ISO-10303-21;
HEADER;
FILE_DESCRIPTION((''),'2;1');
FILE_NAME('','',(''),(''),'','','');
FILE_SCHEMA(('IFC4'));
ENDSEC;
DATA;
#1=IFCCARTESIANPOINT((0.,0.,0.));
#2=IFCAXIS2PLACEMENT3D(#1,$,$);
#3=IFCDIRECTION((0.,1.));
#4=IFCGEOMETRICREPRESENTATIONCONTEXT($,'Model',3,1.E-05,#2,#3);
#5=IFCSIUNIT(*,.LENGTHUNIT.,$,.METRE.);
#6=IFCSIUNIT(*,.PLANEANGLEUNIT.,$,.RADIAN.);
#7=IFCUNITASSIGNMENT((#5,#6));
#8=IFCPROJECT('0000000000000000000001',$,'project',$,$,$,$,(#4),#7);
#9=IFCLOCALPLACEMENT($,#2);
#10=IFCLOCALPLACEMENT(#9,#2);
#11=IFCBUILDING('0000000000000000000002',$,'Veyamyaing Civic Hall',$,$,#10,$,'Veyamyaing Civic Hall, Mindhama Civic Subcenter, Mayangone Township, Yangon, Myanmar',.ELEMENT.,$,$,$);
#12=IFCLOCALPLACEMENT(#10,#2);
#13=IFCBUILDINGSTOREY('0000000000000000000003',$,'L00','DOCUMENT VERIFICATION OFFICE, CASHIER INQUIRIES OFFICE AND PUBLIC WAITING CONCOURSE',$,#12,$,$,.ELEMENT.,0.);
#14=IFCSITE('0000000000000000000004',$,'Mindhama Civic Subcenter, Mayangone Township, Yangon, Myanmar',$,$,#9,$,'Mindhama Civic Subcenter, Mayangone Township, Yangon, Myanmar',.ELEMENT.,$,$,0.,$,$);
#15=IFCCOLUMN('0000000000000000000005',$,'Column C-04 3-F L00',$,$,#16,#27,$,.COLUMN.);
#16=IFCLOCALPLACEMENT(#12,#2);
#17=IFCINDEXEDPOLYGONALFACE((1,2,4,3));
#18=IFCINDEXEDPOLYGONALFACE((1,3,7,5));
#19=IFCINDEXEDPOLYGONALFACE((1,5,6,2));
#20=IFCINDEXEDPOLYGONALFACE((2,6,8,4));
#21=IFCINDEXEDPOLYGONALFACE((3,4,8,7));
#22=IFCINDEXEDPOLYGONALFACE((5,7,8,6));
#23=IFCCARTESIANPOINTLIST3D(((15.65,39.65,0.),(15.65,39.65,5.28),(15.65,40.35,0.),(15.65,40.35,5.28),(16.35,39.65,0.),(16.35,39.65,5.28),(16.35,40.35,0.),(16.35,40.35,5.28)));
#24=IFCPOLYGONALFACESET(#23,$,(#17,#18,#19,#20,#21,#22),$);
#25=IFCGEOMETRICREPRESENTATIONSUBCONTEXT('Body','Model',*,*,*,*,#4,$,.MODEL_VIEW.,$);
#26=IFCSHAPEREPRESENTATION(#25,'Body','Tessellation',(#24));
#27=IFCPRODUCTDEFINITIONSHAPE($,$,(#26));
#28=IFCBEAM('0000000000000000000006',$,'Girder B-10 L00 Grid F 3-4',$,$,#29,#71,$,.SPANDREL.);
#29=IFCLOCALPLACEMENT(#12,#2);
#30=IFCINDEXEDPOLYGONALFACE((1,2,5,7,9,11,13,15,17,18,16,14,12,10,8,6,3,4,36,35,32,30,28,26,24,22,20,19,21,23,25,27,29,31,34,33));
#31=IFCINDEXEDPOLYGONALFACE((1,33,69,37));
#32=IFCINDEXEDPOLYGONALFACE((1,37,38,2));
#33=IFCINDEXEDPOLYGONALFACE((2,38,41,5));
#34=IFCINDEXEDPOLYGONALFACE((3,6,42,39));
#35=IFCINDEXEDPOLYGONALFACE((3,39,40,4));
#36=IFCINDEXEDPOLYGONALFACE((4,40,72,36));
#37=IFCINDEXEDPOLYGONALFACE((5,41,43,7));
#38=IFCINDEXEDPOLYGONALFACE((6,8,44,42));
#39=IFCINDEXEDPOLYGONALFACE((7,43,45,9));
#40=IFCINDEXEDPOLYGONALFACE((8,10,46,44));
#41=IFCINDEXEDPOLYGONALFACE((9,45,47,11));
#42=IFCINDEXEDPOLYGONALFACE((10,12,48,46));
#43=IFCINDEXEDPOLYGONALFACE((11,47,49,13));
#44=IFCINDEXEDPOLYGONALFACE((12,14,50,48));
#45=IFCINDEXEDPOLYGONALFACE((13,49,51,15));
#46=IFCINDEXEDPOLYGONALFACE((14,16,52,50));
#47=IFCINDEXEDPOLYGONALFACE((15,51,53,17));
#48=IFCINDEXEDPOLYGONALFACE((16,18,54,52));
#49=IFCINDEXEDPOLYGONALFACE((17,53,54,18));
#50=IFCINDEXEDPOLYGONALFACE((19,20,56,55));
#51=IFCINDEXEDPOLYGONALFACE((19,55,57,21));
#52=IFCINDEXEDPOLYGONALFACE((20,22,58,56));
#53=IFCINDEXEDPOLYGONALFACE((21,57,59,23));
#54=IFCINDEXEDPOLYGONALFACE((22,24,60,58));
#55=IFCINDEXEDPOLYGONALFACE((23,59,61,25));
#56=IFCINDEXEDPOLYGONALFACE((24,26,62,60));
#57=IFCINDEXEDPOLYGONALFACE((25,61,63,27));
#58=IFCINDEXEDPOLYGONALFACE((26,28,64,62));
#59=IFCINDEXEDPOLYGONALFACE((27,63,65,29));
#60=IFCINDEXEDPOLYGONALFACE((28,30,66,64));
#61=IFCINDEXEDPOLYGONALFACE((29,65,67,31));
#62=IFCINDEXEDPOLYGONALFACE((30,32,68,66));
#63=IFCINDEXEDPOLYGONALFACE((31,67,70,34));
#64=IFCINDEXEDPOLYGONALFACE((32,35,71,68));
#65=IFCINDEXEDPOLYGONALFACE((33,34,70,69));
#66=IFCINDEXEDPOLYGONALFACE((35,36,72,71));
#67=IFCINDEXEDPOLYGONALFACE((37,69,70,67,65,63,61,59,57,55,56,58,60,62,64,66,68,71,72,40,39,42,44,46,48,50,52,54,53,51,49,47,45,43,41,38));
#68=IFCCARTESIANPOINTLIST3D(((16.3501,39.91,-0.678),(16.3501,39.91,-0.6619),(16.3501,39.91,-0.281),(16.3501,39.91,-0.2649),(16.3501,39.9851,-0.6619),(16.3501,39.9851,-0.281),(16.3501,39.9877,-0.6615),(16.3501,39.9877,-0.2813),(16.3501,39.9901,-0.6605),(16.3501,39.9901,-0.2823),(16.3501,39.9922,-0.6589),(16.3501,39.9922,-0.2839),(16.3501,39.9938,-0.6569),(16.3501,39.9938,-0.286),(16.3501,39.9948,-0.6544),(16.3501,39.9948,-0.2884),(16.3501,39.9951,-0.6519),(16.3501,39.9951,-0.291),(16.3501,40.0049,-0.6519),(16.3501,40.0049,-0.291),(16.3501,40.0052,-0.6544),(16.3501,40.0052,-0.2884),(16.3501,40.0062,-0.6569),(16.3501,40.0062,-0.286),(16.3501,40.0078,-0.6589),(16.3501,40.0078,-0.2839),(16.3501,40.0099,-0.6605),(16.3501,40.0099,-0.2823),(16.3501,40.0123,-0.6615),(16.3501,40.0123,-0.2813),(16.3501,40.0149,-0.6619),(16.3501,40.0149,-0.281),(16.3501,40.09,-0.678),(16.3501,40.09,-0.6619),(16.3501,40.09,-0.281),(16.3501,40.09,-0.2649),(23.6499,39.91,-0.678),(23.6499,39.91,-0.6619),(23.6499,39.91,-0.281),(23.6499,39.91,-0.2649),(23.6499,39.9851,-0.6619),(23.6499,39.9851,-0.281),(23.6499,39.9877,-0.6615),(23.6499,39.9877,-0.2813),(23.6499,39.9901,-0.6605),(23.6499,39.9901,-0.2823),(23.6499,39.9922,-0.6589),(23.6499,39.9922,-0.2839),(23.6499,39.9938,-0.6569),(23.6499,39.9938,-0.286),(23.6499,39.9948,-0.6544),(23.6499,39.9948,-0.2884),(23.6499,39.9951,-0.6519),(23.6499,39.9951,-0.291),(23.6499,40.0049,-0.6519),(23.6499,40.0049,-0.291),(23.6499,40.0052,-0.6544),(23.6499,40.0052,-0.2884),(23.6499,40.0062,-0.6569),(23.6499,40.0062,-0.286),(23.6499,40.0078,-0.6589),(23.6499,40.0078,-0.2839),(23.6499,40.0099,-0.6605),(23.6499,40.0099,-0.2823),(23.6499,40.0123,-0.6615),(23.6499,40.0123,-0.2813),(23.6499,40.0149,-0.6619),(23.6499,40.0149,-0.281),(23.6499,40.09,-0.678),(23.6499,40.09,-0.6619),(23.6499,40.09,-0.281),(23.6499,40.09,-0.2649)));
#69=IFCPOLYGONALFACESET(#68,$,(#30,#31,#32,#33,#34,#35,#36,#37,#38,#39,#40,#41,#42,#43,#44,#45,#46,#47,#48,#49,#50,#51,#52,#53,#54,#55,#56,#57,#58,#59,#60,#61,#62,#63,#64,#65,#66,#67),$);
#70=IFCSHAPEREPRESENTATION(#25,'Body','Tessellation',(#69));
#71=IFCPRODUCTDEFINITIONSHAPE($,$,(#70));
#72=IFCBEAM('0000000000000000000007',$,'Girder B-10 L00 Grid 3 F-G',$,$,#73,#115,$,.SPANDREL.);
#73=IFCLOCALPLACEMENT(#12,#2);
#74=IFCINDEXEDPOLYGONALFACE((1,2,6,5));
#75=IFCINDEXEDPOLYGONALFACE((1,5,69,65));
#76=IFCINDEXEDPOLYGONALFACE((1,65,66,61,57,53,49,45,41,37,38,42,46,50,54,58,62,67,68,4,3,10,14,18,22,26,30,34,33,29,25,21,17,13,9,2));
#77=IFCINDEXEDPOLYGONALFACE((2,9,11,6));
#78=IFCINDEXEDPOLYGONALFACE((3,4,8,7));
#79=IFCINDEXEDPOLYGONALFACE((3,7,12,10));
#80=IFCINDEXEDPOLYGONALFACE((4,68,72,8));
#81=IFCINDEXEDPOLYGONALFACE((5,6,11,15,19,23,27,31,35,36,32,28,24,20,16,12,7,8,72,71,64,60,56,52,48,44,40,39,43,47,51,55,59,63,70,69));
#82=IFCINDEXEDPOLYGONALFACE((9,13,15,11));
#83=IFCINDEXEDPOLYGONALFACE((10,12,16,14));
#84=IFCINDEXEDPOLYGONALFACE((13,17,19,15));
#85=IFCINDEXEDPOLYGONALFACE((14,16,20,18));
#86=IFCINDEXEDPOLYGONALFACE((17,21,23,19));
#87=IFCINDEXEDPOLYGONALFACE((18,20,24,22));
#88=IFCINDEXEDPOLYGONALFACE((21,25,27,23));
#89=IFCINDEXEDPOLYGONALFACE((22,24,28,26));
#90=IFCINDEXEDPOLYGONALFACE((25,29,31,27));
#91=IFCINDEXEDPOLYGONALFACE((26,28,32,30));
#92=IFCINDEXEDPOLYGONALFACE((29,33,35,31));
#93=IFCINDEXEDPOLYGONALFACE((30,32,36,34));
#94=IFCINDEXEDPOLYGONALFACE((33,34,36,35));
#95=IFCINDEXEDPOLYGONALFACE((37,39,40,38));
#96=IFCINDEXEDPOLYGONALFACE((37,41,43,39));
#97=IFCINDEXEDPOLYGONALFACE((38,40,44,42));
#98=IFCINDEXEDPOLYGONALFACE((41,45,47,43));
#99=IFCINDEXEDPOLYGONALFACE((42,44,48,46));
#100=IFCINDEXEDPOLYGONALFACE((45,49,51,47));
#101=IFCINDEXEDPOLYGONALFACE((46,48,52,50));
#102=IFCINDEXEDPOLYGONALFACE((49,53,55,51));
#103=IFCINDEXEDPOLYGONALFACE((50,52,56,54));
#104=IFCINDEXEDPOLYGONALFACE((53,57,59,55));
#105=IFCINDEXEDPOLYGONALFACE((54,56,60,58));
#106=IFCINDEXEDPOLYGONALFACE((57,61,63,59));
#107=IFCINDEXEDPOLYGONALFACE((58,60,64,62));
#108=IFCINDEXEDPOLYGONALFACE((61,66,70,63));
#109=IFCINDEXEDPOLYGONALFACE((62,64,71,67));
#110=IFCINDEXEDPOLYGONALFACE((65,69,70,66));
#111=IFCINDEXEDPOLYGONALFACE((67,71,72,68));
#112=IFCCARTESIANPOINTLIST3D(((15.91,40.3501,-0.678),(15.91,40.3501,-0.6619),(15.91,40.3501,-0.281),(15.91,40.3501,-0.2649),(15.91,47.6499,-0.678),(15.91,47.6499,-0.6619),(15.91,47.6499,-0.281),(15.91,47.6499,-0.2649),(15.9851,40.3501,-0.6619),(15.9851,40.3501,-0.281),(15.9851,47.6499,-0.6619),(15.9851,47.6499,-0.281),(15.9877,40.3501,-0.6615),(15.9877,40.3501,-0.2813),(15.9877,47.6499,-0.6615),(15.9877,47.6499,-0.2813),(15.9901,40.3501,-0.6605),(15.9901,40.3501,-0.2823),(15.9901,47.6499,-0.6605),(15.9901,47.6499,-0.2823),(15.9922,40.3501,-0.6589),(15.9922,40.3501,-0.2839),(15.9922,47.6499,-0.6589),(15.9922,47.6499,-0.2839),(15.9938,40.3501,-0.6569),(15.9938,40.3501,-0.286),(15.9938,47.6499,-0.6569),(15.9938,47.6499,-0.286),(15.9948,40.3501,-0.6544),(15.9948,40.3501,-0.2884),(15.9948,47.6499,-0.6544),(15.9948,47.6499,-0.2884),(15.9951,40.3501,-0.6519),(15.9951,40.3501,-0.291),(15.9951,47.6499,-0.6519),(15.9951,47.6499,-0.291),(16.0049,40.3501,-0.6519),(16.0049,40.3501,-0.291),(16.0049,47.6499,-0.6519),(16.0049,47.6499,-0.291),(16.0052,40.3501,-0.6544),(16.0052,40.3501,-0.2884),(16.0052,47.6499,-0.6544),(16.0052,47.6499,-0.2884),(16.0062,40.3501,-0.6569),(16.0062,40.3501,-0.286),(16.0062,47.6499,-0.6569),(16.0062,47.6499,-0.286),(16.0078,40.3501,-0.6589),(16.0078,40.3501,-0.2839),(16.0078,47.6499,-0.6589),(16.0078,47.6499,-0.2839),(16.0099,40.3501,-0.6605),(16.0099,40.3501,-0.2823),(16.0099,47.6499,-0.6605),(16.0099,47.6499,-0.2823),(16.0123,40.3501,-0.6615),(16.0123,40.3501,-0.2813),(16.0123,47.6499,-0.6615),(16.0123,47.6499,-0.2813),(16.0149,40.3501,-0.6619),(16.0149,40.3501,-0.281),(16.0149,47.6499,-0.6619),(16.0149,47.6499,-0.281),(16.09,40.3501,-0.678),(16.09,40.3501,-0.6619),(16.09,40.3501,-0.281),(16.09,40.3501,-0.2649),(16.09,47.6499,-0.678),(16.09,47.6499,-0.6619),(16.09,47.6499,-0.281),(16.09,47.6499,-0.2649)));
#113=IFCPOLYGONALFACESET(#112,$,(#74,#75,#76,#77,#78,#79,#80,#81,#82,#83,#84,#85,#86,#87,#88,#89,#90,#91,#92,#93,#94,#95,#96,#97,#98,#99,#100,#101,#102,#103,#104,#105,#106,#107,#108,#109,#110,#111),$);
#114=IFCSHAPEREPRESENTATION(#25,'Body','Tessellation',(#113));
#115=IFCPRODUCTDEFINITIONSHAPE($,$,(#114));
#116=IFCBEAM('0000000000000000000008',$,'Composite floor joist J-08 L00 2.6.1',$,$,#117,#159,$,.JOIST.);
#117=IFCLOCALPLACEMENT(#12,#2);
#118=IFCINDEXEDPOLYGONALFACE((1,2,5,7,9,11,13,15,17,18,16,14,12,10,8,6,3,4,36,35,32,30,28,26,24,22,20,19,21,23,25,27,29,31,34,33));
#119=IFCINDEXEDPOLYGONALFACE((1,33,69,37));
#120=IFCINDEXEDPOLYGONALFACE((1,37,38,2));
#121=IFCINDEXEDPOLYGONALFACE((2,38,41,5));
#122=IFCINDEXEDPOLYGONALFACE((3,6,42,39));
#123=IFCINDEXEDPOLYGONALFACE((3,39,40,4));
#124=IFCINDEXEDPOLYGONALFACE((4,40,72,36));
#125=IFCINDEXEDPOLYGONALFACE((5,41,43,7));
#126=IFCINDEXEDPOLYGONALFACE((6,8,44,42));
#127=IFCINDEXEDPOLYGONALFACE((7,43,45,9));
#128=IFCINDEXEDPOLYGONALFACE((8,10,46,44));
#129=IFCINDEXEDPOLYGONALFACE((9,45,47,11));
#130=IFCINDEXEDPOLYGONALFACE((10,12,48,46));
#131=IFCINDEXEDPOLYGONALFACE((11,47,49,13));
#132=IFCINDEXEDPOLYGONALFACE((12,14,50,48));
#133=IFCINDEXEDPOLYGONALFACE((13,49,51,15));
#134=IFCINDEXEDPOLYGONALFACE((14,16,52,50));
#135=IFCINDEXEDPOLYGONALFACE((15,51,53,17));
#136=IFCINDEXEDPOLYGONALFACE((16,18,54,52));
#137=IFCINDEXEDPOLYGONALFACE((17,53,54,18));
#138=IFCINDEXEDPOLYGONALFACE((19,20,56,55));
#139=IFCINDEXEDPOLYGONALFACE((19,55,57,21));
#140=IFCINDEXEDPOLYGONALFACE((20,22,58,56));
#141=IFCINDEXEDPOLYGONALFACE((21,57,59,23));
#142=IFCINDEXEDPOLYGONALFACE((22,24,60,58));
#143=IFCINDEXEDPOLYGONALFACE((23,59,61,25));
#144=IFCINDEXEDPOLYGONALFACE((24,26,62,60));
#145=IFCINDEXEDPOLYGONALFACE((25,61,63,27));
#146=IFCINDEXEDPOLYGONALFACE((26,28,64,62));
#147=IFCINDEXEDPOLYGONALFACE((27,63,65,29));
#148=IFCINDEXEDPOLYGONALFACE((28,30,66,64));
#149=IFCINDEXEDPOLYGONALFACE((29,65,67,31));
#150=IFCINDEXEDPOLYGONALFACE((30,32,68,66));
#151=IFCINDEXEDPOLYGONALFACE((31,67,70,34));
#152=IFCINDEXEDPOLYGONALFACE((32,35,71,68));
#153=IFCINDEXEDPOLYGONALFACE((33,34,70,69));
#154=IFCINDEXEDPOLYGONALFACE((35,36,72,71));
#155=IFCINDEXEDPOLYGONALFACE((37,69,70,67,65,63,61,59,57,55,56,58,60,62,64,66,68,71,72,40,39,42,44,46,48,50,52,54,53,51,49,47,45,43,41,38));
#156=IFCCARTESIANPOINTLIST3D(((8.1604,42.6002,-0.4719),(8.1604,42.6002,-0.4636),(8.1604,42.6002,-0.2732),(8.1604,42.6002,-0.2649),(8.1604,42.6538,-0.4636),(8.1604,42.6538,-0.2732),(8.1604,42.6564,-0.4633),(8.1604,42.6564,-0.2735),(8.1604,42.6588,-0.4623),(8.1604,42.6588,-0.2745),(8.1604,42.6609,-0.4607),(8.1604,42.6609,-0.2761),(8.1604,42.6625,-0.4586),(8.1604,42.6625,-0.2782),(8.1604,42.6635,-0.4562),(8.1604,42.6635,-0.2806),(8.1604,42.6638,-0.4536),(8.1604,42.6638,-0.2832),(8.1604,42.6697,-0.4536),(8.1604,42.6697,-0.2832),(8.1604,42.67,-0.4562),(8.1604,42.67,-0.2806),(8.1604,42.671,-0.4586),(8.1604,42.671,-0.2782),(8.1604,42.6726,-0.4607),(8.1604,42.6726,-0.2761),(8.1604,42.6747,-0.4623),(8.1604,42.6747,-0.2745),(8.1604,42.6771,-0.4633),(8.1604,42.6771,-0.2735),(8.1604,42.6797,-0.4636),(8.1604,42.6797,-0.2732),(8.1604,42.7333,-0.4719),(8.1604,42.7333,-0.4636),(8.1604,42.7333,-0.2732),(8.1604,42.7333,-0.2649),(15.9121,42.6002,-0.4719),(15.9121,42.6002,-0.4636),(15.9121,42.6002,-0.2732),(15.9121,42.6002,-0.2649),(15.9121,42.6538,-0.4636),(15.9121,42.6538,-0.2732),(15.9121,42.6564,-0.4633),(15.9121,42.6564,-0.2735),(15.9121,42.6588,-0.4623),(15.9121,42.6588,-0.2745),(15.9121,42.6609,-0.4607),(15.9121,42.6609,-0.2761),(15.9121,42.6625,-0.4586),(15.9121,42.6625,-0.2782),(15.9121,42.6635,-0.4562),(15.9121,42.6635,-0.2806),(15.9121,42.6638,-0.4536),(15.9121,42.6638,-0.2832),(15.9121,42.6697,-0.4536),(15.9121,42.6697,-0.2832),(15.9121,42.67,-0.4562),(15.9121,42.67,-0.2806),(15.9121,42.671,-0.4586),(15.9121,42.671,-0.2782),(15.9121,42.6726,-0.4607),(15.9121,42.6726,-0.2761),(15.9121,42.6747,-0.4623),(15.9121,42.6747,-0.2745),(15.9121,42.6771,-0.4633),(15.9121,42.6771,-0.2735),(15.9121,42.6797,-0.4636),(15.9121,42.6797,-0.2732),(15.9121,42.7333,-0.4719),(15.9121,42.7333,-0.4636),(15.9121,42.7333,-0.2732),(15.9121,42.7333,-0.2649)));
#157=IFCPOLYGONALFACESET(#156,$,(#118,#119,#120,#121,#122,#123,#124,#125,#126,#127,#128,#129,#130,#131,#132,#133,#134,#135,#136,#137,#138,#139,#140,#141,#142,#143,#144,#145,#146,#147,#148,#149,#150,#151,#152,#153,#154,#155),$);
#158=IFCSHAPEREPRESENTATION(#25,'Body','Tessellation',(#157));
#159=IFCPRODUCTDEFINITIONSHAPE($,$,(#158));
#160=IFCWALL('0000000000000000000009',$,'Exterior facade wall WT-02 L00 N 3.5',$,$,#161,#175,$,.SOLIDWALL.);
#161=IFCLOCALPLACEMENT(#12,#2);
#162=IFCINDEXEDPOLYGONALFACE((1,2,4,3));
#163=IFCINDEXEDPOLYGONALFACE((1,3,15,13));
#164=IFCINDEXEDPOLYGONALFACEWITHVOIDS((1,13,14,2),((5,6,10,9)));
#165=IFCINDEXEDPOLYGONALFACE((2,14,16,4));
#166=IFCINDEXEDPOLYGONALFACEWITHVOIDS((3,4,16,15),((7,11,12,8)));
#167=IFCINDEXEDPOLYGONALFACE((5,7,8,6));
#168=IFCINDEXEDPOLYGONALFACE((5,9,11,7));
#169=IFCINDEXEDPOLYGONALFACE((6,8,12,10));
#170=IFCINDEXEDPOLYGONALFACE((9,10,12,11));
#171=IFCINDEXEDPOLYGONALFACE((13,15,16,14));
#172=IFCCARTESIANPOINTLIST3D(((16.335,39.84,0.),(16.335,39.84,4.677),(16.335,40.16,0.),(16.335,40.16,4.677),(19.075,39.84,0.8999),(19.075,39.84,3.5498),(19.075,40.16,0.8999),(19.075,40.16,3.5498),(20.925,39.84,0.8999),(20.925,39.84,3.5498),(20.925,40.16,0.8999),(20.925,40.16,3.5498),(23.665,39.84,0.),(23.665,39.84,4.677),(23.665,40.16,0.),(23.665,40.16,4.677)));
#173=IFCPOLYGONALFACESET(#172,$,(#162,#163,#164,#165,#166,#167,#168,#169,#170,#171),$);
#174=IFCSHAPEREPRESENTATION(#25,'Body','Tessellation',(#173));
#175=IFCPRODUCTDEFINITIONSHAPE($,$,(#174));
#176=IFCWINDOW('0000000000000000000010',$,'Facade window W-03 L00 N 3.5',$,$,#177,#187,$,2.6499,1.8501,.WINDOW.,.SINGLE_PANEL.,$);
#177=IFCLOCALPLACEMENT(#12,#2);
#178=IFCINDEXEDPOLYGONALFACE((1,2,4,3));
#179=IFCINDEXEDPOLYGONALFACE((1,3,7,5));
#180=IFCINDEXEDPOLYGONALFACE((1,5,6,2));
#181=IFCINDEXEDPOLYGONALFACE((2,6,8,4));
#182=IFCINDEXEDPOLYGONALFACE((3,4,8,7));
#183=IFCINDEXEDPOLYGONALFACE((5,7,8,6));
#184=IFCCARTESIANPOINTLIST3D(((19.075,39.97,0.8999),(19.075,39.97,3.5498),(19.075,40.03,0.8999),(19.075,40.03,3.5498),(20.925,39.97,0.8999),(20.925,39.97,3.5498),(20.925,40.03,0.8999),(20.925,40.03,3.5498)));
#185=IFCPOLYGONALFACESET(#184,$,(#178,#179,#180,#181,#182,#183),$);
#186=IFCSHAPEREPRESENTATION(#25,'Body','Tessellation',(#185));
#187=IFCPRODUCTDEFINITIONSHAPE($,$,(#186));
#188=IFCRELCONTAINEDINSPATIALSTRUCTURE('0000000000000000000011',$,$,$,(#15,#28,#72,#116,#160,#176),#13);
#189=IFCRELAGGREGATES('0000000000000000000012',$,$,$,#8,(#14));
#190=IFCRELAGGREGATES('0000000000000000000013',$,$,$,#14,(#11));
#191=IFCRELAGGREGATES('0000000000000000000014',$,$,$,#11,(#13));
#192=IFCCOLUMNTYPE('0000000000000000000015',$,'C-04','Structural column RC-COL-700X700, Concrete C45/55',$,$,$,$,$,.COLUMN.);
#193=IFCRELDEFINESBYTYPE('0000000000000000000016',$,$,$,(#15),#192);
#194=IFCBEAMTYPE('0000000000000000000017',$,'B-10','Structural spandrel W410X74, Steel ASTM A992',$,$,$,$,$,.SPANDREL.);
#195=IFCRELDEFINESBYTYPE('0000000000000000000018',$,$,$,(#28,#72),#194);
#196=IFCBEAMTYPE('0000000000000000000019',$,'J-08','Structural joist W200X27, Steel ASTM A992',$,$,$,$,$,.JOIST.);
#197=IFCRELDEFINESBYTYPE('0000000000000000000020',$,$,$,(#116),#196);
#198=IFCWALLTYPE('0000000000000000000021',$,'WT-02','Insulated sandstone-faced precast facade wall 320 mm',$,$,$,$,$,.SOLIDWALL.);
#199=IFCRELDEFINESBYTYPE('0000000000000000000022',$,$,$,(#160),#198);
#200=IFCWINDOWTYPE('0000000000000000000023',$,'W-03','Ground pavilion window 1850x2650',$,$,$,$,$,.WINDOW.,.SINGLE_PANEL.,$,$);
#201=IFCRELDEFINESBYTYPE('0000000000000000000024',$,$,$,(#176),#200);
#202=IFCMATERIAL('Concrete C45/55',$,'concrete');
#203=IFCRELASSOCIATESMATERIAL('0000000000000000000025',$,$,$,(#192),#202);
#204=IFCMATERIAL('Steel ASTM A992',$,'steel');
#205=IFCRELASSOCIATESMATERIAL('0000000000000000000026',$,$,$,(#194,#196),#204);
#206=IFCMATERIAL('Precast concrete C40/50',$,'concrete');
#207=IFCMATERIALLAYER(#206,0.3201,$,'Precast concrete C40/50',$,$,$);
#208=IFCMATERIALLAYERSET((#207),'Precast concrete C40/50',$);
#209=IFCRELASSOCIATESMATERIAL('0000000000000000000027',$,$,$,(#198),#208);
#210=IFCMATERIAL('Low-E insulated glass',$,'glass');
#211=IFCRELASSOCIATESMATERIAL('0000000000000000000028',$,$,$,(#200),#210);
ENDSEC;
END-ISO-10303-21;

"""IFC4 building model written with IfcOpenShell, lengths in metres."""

from ifc_helpers import new_model, si_unit, direction, frame, frame_2d, origin, origin_2d, place, context, subcontext, project, spatial, rectangle, i_section, extrude, material, layer, layer_set, material_profile, profile_set, type_object, element, fill, save


model = new_model("IFC4")

# Units and contexts
model_context = context("Model", 3, precision=1e-05, world=origin(), true_north=direction((0.0, 1.0)))
body_context = subcontext(model_context, "Body", "Model", "MODEL_VIEW")
ifc_project = project(units=[si_unit("LENGTHUNIT", "METRE"), si_unit("PLANEANGLEUNIT", "RADIAN")], contexts=[model_context])

# Site, building, storey
site_placement = place(None, origin())
site = spatial("IfcSite", under=ifc_project, at=site_placement, Name="Mindhama Civic Subcenter, Mayangone Township, Yangon, Myanmar", LongName="Mindhama Civic Subcenter, Mayangone Township, Yangon, Myanmar", CompositionType="ELEMENT", RefElevation=0.0)
building_placement = place(site_placement, origin())
building = spatial("IfcBuilding", under=site, at=building_placement, Name="Veyamyaing Civic Hall", LongName="Veyamyaing Civic Hall, Mindhama Civic Subcenter, Mayangone Township, Yangon, Myanmar", CompositionType="ELEMENT")
storey_placement = place(building_placement, origin())
storey = spatial("IfcBuildingStorey", under=building, at=storey_placement, Name="L00", Description="DOCUMENT VERIFICATION OFFICE, CASHIER INQUIRIES OFFICE AND PUBLIC WAITING CONCOURSE", CompositionType="ELEMENT", Elevation=0.0)

# Column
ifc_material_1 = material(Name="Concrete C45/55", Category="concrete")
ifc_material_profile_1 = material_profile(ifc_material_1, rectangle(XDim=0.7, YDim=0.7, at=origin_2d()), Name="RC-COL-700X700")
ifc_profile_set_1 = profile_set([ifc_material_profile_1], Name="Concrete C45/55")
column_type = type_object("IfcColumnType", Name="C-04", Description="Structural column RC-COL-700X700, Concrete C45/55", PredefinedType="COLUMN", material=ifc_profile_set_1)
column_placement = place(storey_placement, frame((16.0, 40.0, 0.0), z_axis=(0.0, 0.0, 1.0), x_axis=(1.0, 0.0, 0.0)))
element("IfcColumn", 1, at=column_placement, inside=storey, type_object=column_type, Name="Column C-04 3-F L00", PredefinedType="COLUMN", context=body_context, shape_type="SweptSolid", body=[
    extrude(rectangle(XDim=0.7, YDim=0.7, at=origin_2d()), origin(), (0.0, 0.0, 1.0), 5.28),
])

# Beams
ifc_material_2 = material(Name="Steel ASTM A992", Category="steel")
ifc_material_profile_2 = material_profile(ifc_material_2, i_section(OverallWidth=0.1799, OverallDepth=0.4131, WebThickness=0.0098, FlangeThickness=0.0161, FilletRadius=0.01, at=origin_2d()), Name="W410X74")
ifc_profile_set_2 = profile_set([ifc_material_profile_2], Name="Steel ASTM A992")
beam_type_1 = type_object("IfcBeamType", Name="B-10", Description="Structural spandrel W410X74, Steel ASTM A992", PredefinedType="SPANDREL", material=ifc_profile_set_2)
for number, where, z_axis, x_axis, name in (
    (2, (16.3501, 40.0, -0.4714), (1.0, 0.0, 0.0), (0.0, 1.0, 0.0), "Girder B-10 L00 Grid F 3-4"),
    (3, (16.0, 40.3501, -0.4714), (0.0, 1.0, 0.0), (-1.0, 0.0, 0.0), "Girder B-10 L00 Grid 3 F-G"),
):
    element("IfcBeam", number, at=place(storey_placement, frame(where, z_axis=z_axis, x_axis=x_axis)), inside=storey, type_object=beam_type_1, Name=name, PredefinedType="SPANDREL", context=body_context, shape_type="SweptSolid", body=[
        extrude(i_section(OverallWidth=0.1799, OverallDepth=0.4131, WebThickness=0.0098, FlangeThickness=0.0161, FilletRadius=0.01, at=origin_2d()), origin(), (0.0, 0.0, 1.0), 7.2998),
    ])
ifc_material_profile_3 = material_profile(ifc_material_2, i_section(OverallWidth=0.1331, OverallDepth=0.207, WebThickness=0.0059, FlangeThickness=0.0083, FilletRadius=0.01, at=origin_2d()), Name="W200X27")
ifc_profile_set_3 = profile_set([ifc_material_profile_3], Name="Steel ASTM A992")
beam_type_2 = type_object("IfcBeamType", Name="J-08", Description="Structural joist W200X27, Steel ASTM A992", PredefinedType="JOIST", material=ifc_profile_set_3)
beam_placement = place(storey_placement, frame((8.1604, 42.6667, -0.3684), z_axis=(1.0, 0.0, 0.0), x_axis=(0.0, 1.0, 0.0)))
element("IfcBeam", 4, at=beam_placement, inside=storey, type_object=beam_type_2, Name="Composite floor joist J-08 L00 2.6.1", PredefinedType="JOIST", context=body_context, shape_type="SweptSolid", body=[
    extrude(i_section(OverallWidth=0.1331, OverallDepth=0.207, WebThickness=0.0059, FlangeThickness=0.0083, FilletRadius=0.01, at=origin_2d()), origin(), (0.0, 0.0, 1.0), 7.7517),
])

# Wall, opening, window
ifc_material_3 = material(Name="Precast concrete C40/50", Category="concrete")
ifc_layer_1 = layer(ifc_material_3, 0.3201, Name="Precast concrete C40/50")
ifc_layer_set_1 = layer_set([ifc_layer_1], Name="Precast concrete C40/50")
wall_type_1 = type_object("IfcWallType", Name="WT-02", Description="Insulated sandstone-faced precast facade wall 320 mm", PredefinedType="SOLIDWALL", material=ifc_layer_set_1)
wall_1_placement = place(storey_placement, frame((16.335, 40.0, 0.0), z_axis=(0.0, 0.0, 1.0), x_axis=(1.0, 0.0, 0.0)))
wall_1 = element("IfcWall", 5, at=wall_1_placement, inside=storey, type_object=wall_type_1, Name="Exterior facade wall WT-02 L00 N 3.5", PredefinedType="SOLIDWALL", context=body_context, shape_type="SweptSolid", body=[
    extrude(rectangle(XDim=7.3301, YDim=0.3201, at=frame_2d((3.665, 0.0))), origin(), (0.0, 0.0, 1.0), 4.677),
])
opening_1_placement = place(wall_1_placement, frame((2.74, 0.0, 0.8999)))
opening_1 = element("IfcOpeningElement", 6, at=opening_1_placement, cuts=wall_1, PredefinedType="OPENING", context=body_context, shape_type="SweptSolid", body=[
    extrude(rectangle(XDim=1.8501, YDim=2.6499, at=frame_2d((0.925, 1.325))), frame((0.0, 0.1699, 0.0), z_axis=(0.0, -1.0, 0.0), x_axis=(1.0, 0.0, 0.0)), (0.0, 0.0, 1.0), 0.3401),
])
ifc_material_4 = material(Name="Low-E insulated glass", Category="glass")
window_type = type_object("IfcWindowType", Name="W-03", Description="Ground pavilion window 1850x2650", PartitioningType="SINGLE_PANEL", PredefinedType="WINDOW", material=ifc_material_4)
window_1_placement = place(opening_1_placement, origin())
window_1 = element("IfcWindow", 7, at=window_1_placement, inside=storey, type_object=window_type, Name="Facade window W-03 L00 N 3.5", OverallHeight=2.6499, OverallWidth=1.8501, PartitioningType="SINGLE_PANEL", PredefinedType="WINDOW", context=body_context, shape_type="SweptSolid", body=[
    extrude(rectangle(XDim=1.8501, YDim=2.6499, at=frame_2d((0.925, 1.325))), frame((0.0, 0.03, 0.0), z_axis=(0.0, -1.0, 0.0), x_axis=(1.0, 0.0, 0.0)), (0.0, 0.0, 1.0), 0.0601),
])
fill(opening_1, window_1)

save(model, "model.ifc")
